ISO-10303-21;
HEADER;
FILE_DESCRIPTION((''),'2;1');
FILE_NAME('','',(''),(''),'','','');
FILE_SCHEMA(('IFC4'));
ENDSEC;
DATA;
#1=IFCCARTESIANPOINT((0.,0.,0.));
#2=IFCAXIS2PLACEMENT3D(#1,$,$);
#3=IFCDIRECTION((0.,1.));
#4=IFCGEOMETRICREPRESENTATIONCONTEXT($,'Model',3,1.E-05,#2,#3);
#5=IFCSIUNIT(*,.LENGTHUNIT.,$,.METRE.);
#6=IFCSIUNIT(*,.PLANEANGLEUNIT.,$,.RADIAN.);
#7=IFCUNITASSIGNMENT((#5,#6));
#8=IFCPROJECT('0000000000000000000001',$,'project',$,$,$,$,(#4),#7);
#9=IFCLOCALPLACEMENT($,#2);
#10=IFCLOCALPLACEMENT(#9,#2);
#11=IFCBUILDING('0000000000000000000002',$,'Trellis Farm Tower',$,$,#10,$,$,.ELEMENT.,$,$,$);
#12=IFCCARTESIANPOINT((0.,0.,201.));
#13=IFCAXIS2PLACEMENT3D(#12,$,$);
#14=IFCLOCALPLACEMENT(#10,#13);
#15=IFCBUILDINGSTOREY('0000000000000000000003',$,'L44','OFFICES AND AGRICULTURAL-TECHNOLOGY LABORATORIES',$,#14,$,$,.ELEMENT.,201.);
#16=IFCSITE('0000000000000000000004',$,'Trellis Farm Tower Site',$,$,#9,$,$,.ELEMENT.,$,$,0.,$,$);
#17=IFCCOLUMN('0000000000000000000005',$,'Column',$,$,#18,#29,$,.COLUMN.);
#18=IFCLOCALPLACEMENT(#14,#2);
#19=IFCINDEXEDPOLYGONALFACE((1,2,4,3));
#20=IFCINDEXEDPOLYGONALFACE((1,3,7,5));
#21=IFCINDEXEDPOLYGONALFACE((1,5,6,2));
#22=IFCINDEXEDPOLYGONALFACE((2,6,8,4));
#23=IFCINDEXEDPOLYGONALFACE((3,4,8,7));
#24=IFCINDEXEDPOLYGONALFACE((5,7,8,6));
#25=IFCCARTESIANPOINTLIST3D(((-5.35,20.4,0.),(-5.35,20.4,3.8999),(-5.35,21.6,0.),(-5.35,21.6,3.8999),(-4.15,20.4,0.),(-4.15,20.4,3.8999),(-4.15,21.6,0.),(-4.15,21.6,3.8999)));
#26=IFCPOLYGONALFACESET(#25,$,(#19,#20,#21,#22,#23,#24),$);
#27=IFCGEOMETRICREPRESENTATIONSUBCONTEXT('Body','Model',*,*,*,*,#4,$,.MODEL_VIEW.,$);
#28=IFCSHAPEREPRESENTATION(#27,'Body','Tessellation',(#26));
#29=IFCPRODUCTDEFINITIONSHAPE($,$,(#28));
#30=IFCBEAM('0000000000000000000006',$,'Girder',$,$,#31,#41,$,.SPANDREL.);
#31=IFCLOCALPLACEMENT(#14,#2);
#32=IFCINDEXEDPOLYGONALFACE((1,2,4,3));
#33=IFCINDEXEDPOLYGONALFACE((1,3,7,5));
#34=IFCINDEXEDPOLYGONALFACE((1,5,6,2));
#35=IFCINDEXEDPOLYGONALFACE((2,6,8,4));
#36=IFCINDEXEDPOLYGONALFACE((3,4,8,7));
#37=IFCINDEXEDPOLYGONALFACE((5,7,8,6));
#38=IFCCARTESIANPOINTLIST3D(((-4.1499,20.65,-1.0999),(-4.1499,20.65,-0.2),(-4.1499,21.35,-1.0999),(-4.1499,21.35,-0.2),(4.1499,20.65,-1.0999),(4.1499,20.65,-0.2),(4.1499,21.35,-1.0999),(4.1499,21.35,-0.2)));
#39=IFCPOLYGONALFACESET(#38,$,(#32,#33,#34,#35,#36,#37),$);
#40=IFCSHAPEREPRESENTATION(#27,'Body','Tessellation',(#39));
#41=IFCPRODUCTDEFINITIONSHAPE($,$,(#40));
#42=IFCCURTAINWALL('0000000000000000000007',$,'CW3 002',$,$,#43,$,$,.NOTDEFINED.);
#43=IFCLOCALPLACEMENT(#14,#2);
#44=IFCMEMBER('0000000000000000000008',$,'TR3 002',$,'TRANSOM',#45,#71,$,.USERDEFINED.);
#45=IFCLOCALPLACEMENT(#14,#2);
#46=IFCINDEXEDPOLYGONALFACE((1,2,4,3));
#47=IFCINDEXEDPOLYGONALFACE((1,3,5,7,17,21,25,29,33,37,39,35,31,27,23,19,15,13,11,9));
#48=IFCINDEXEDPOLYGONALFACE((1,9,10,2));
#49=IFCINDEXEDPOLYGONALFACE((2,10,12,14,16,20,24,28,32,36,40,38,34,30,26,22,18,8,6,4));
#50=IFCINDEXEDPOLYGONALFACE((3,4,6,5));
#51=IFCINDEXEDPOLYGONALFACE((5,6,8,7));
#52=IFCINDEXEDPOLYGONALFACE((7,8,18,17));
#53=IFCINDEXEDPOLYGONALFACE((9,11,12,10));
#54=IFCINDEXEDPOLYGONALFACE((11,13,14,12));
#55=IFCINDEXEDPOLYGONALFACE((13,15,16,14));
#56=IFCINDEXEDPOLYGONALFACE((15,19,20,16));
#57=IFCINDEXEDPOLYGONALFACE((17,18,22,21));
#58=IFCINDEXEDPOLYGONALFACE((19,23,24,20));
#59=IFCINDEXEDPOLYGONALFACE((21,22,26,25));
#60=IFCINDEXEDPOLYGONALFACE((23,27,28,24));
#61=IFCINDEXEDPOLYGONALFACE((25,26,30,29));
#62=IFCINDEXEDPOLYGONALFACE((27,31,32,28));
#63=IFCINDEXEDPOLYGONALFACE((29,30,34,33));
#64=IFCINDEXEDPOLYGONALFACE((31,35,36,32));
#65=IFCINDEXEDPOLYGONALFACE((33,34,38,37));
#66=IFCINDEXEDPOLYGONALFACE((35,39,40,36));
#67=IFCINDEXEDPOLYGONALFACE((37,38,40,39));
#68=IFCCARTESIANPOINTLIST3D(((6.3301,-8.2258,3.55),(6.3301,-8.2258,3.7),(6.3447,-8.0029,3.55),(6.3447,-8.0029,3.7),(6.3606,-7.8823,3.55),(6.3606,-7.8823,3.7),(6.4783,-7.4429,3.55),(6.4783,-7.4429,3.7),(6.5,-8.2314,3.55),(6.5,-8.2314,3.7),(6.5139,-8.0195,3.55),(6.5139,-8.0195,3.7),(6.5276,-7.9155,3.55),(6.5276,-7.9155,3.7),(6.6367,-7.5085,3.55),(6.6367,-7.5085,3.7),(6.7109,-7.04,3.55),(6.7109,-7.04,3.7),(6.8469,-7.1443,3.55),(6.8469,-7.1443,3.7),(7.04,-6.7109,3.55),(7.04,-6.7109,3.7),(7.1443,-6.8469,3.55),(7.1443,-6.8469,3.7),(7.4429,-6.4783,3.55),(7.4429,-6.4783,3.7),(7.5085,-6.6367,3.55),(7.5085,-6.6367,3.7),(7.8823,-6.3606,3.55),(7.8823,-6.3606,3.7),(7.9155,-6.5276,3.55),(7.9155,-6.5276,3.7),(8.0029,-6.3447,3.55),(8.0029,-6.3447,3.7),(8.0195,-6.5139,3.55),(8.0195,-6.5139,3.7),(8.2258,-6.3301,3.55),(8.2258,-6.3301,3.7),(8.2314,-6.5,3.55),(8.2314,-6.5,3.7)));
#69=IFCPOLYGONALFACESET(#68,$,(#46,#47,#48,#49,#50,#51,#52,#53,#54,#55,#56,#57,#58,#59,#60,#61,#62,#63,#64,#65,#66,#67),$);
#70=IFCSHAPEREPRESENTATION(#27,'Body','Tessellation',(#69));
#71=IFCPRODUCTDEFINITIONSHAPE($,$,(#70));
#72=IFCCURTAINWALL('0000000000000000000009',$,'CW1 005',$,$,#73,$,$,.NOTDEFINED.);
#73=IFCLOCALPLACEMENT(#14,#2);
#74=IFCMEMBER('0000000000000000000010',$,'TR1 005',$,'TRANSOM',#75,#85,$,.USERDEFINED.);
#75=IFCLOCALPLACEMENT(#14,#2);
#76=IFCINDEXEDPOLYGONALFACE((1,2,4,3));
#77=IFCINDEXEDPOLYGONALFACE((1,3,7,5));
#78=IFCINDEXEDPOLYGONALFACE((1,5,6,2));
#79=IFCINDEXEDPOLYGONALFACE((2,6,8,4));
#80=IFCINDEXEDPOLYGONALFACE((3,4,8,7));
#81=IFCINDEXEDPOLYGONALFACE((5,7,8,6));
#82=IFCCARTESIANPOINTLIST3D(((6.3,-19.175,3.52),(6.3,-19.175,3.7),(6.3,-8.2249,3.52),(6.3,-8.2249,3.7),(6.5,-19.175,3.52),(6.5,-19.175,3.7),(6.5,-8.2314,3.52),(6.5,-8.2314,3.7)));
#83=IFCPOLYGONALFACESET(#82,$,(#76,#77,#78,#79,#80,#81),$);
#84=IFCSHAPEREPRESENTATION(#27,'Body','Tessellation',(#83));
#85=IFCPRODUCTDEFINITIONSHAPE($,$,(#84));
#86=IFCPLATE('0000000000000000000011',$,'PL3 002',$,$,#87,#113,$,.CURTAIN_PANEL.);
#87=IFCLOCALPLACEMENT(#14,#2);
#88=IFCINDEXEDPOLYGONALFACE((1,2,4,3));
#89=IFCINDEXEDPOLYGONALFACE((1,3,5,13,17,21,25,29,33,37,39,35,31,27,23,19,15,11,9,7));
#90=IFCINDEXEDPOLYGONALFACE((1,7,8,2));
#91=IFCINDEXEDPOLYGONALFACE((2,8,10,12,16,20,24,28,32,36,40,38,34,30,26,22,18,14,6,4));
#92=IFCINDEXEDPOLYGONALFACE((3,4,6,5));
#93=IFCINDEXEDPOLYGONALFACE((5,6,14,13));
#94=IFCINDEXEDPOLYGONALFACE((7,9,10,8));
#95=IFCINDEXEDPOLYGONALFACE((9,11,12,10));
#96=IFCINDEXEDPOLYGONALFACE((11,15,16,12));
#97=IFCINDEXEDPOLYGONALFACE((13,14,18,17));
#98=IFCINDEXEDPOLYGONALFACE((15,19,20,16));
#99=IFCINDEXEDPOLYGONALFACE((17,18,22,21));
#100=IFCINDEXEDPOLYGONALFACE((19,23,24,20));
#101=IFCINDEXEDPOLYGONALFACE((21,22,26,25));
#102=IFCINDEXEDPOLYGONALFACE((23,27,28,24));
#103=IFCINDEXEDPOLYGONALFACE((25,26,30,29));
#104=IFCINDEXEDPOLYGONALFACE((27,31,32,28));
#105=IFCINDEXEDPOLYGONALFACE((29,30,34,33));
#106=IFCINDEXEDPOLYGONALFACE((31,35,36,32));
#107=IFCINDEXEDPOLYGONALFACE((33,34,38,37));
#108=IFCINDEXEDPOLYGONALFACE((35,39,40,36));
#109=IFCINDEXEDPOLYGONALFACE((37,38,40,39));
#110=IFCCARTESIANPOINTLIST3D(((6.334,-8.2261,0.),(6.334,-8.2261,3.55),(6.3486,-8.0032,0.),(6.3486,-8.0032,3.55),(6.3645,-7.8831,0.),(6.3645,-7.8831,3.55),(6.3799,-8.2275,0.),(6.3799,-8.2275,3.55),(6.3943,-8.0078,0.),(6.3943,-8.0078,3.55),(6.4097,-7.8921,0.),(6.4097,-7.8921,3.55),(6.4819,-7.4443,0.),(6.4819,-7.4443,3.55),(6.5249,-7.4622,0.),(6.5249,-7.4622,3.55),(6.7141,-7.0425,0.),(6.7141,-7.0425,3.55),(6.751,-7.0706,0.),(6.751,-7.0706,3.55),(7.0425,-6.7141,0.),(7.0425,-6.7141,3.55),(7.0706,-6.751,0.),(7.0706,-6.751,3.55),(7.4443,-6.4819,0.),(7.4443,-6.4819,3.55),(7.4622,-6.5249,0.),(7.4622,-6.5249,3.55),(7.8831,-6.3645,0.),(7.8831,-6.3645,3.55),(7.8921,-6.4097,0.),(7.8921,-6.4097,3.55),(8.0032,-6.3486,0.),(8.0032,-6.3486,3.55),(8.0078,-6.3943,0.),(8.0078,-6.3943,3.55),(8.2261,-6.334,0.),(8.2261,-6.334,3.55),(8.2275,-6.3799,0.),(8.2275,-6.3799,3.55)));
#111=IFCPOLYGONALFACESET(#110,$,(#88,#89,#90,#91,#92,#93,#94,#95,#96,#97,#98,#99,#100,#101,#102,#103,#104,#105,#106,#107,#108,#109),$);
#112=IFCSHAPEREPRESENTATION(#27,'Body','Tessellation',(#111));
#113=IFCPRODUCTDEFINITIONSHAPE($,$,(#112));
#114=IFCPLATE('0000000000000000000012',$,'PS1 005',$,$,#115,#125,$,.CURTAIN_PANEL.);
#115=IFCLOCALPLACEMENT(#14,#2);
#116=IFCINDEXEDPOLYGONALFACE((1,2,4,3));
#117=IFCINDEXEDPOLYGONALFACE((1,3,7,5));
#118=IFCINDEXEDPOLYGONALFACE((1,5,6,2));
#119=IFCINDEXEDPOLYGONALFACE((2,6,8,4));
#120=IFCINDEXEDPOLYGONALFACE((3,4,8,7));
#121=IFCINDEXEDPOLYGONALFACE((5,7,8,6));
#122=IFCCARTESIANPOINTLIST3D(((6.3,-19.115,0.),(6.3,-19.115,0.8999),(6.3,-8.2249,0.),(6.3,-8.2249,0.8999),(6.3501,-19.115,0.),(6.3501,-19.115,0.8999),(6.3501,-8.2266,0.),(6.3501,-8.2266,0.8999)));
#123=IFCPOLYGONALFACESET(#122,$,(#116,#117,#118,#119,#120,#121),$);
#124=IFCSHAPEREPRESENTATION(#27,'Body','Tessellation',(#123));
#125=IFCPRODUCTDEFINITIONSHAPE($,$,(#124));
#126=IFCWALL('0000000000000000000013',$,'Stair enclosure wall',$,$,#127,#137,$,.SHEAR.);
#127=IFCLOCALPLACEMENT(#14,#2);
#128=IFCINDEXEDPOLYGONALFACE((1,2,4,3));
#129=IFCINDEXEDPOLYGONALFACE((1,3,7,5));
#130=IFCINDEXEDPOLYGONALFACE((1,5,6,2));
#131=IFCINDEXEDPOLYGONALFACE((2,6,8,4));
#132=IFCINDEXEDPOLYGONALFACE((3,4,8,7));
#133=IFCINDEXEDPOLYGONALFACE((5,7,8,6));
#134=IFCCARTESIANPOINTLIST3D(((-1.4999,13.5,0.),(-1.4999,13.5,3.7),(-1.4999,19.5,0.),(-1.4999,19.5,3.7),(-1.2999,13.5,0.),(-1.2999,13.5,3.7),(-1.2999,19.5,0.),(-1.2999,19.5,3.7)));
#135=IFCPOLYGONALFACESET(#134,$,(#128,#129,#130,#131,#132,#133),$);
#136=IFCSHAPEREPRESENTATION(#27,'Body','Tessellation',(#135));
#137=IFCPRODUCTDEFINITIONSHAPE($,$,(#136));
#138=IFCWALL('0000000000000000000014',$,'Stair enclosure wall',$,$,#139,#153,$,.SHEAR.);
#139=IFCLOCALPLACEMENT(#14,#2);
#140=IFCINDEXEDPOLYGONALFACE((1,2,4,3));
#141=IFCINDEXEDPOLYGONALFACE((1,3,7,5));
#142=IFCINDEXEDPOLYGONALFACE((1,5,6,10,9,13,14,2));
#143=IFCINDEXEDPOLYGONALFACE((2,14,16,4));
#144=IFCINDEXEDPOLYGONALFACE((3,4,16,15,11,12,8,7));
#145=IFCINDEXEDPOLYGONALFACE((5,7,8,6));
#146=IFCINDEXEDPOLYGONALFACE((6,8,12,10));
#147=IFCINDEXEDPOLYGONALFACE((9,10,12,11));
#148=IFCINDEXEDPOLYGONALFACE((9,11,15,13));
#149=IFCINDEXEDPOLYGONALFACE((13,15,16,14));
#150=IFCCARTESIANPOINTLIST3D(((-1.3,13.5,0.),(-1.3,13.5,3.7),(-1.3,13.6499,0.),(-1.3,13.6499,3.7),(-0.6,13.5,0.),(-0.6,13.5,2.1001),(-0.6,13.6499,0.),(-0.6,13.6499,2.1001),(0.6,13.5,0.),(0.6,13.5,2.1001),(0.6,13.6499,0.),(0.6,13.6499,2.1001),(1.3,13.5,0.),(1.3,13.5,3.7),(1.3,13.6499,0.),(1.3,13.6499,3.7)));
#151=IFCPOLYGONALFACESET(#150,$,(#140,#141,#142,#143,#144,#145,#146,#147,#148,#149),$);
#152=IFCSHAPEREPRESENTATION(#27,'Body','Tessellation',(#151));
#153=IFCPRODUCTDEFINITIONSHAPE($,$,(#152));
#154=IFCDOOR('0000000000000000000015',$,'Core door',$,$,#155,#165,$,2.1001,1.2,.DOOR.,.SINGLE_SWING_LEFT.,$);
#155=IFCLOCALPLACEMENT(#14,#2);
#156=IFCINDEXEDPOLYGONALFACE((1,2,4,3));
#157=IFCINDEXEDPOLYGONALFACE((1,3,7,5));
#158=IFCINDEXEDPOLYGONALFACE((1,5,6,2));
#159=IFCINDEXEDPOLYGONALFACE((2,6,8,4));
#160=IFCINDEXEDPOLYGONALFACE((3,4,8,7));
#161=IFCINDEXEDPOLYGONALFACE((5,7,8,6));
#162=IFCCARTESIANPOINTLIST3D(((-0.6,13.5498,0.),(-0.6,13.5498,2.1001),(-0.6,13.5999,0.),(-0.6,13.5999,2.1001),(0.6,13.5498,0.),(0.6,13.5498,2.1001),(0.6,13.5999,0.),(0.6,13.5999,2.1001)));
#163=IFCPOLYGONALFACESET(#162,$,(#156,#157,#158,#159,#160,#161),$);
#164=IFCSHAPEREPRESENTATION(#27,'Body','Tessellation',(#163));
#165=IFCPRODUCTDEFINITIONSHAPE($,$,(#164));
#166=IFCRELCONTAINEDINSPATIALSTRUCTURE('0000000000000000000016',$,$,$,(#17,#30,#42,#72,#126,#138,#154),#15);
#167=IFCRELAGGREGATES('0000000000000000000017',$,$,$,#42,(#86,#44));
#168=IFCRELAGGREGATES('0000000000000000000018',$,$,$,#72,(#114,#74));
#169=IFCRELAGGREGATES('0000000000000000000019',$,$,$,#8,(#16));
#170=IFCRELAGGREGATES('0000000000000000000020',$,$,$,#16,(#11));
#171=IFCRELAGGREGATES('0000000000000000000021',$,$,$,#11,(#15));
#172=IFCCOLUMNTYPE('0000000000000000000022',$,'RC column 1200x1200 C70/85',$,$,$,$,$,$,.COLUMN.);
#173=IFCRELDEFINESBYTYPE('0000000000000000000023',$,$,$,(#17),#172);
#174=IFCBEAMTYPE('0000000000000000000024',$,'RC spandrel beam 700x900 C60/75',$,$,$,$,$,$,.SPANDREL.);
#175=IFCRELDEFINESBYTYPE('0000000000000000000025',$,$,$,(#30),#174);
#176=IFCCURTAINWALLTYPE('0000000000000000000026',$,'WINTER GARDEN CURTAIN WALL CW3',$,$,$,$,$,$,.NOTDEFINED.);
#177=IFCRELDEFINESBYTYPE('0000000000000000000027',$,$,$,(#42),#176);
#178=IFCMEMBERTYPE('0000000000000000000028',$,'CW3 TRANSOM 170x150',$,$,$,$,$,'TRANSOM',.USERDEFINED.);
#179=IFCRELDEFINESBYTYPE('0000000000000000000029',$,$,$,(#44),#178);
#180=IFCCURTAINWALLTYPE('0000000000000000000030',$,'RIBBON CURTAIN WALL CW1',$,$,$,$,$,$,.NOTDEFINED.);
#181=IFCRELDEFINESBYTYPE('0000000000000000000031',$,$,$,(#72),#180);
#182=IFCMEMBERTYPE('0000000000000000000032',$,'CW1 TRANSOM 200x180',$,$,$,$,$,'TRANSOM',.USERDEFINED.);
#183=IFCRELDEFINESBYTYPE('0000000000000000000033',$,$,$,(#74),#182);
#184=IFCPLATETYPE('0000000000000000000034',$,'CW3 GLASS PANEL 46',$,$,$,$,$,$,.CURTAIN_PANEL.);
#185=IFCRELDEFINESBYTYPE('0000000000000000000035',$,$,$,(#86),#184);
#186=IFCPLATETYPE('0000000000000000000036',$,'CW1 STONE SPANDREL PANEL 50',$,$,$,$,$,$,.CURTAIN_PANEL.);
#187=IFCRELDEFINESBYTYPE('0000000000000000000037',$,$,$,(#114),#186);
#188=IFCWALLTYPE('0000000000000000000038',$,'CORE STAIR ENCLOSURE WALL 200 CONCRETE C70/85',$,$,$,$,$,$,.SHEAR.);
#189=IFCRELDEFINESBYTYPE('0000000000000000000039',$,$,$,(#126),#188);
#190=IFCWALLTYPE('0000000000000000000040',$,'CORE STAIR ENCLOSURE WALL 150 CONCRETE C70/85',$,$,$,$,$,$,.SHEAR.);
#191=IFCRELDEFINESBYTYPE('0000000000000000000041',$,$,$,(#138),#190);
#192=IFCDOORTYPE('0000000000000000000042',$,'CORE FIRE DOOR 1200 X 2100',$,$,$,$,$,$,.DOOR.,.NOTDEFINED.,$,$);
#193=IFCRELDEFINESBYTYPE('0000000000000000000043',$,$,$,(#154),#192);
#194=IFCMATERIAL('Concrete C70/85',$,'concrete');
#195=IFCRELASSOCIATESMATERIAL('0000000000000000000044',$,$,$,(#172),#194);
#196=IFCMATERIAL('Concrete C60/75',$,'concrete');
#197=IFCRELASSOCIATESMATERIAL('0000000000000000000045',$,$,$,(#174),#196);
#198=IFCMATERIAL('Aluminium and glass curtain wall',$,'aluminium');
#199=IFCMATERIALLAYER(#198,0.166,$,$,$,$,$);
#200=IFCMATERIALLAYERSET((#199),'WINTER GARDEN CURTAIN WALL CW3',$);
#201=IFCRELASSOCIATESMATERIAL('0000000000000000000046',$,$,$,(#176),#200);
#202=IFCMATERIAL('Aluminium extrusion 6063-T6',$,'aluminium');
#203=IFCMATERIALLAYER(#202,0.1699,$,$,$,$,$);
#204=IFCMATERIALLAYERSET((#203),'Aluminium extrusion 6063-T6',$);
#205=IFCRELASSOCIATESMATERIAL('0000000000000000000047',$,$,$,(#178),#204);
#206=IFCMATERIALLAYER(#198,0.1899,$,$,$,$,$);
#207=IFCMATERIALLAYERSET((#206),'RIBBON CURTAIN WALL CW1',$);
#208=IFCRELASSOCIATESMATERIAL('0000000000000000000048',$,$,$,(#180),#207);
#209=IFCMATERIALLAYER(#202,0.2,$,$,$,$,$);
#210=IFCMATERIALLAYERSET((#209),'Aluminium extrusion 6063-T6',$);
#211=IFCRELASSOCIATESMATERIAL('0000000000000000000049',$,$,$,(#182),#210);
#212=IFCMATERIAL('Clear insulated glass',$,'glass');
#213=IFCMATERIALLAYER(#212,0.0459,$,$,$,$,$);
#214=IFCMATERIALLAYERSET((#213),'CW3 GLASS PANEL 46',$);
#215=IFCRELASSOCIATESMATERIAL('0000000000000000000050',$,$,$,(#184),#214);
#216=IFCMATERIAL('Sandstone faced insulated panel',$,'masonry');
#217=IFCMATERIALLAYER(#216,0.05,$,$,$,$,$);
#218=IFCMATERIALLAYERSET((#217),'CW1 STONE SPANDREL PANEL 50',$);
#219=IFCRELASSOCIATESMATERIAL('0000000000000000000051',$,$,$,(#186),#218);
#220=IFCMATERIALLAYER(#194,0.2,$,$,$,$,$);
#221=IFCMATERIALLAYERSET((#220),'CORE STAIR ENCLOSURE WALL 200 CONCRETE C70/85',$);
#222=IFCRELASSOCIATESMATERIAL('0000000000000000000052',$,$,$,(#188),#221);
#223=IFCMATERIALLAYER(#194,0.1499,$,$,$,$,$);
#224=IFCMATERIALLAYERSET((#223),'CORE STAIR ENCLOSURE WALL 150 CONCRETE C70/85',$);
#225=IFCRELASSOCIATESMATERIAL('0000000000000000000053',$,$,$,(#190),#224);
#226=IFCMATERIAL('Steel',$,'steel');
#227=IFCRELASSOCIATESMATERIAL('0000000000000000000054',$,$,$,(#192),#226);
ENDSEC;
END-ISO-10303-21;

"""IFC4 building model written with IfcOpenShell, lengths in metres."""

from ifc_helpers import new_model, si_unit, direction, frame, frame_2d, origin, origin_2d, place, context, subcontext, project, spatial, polyline, rectangle, outline, extrude, source, transform, mapped, material, layer, layer_set, material_profile, profile_set, type_object, element, fill, aggregate, save


model = new_model("IFC4")

# Units and contexts
model_context = context("Model", 3, precision=1e-05, world=origin(), true_north=direction((0.0, 1.0)))
body_context = subcontext(model_context, "Body", "Model", "MODEL_VIEW")
ifc_project = project(units=[si_unit("LENGTHUNIT", "METRE"), si_unit("PLANEANGLEUNIT", "RADIAN")], contexts=[model_context])

# Site, building, storey
site_placement = place(None, origin())
site = spatial("IfcSite", under=ifc_project, at=site_placement, Name="Trellis Farm Tower Site", CompositionType="ELEMENT", RefElevation=0.0)
building_placement = place(site_placement, origin())
building = spatial("IfcBuilding", under=site, at=building_placement, Name="Trellis Farm Tower", CompositionType="ELEMENT")
storey_placement = place(building_placement, frame((0.0, 0.0, 201.0)))
storey = spatial("IfcBuildingStorey", under=building, at=storey_placement, Name="L44", Description="OFFICES AND AGRICULTURAL-TECHNOLOGY LABORATORIES", CompositionType="ELEMENT", Elevation=201.0)

# Column
ifc_material_1 = material(Name="Concrete C70/85", Category="concrete")
ifc_material_profile_1 = material_profile(ifc_material_1, rectangle(XDim=1.2, YDim=1.2, at=origin_2d()), Name="RC column 1200x1200 C70/85")
ifc_profile_set_1 = profile_set([ifc_material_profile_1], Name="Concrete C70/85")
column_type = type_object("IfcColumnType", Name="RC column 1200x1200 C70/85", PredefinedType="COLUMN", material=ifc_profile_set_1)
shared_shape_1 = source(origin(), body_context, "Body", "SweptSolid", [
    extrude(rectangle(XDim=1.2, YDim=1.2, at=origin_2d()), origin(), (0.0, 0.0, 1.0), 3.8999),
])
column_placement = place(storey_placement, frame((-4.75, 21.0, 0.0), z_axis=(0.0, 0.0, 1.0), x_axis=(1.0, 0.0, 0.0)))
element("IfcColumn", 1, at=column_placement, inside=storey, type_object=column_type, Name="Column", PredefinedType="COLUMN", context=body_context, shape_type="MappedRepresentation", body=[
    mapped(shared_shape_1, transform((0.0, 0.0, 0.0))),
])

# Beam
ifc_material_2 = material(Name="Concrete C60/75", Category="concrete")
ifc_material_profile_2 = material_profile(ifc_material_2, rectangle(XDim=0.7, YDim=0.8999, at=origin_2d()), Name="RC spandrel beam 700x900 C60/75")
ifc_profile_set_2 = profile_set([ifc_material_profile_2], Name="Concrete C60/75")
beam_type = type_object("IfcBeamType", Name="RC spandrel beam 700x900 C60/75", PredefinedType="SPANDREL", material=ifc_profile_set_2)
shared_shape_2 = source(origin(), body_context, "Body", "SweptSolid", [
    extrude(rectangle(XDim=0.7, YDim=0.8999, at=origin_2d()), origin(), (0.0, 0.0, 1.0), 8.2998),
])
beam_placement = place(storey_placement, frame((-4.1499, 21.0, -0.6499), z_axis=(1.0, 0.0, 0.0), x_axis=(0.0, 1.0, 0.0)))
element("IfcBeam", 2, at=beam_placement, inside=storey, type_object=beam_type, Name="Girder", PredefinedType="SPANDREL", context=body_context, shape_type="MappedRepresentation", body=[
    mapped(shared_shape_2, transform((0.0, 0.0, 0.0))),
])

# Curtain walls, members
ifc_material_3 = material(Name="Aluminium and glass curtain wall", Category="aluminium")
ifc_layer_1 = layer(ifc_material_3, 0.166)
ifc_layer_set_1 = layer_set([ifc_layer_1], Name="WINTER GARDEN CURTAIN WALL CW3")
curtain_wall_type_1 = type_object("IfcCurtainWallType", Name="WINTER GARDEN CURTAIN WALL CW3", PredefinedType="NOTDEFINED", material=ifc_layer_set_1)
placement = place(storey_placement, origin())
curtain_wall_1 = element("IfcCurtainWall", 3, at=placement, inside=storey, type_object=curtain_wall_type_1, Name="CW3 002", PredefinedType="NOTDEFINED")
ifc_material_4 = material(Name="Aluminium extrusion 6063-T6", Category="aluminium")
ifc_layer_2 = layer(ifc_material_4, 0.1699)
ifc_layer_set_2 = layer_set([ifc_layer_2], Name="Aluminium extrusion 6063-T6")
member_type_1 = type_object("IfcMemberType", Name="CW3 TRANSOM 170x150", ElementType="TRANSOM", PredefinedType="USERDEFINED", material=ifc_layer_set_2)
shared_shape_3 = source(origin(), body_context, "Body", "SweptSolid", [
    extrude(outline(polyline([(6.5, -8.2314), (6.5139, -8.0195), (6.5276, -7.9155), (6.6367, -7.5085), (6.8469, -7.1443), (7.1443, -6.8469), (7.5085, -6.6367), (7.9155, -6.5276), (8.0195, -6.5139), (8.2314, -6.5), (8.2258, -6.3301), (8.0029, -6.3447), (7.8823, -6.3606), (7.4429, -6.4783), (7.04, -6.7109), (6.7109, -7.04), (6.4783, -7.4429), (6.3606, -7.8823), (6.3447, -8.0029), (6.3301, -8.2258), (6.5, -8.2314)])), origin(), (0.0, 0.0, 1.0), 0.1499),
])
member_1_placement = place(storey_placement, frame((0.0, 0.0, 3.55)))
member_1 = element("IfcMember", 4, at=member_1_placement, type_object=member_type_1, Name="TR3 002", ObjectType="TRANSOM", PredefinedType="USERDEFINED", context=body_context, shape_type="MappedRepresentation", body=[
    mapped(shared_shape_3, transform((0.0, 0.0, 0.0))),
])
ifc_layer_3 = layer(ifc_material_3, 0.1899)
ifc_layer_set_3 = layer_set([ifc_layer_3], Name="RIBBON CURTAIN WALL CW1")
curtain_wall_type_2 = type_object("IfcCurtainWallType", Name="RIBBON CURTAIN WALL CW1", PredefinedType="NOTDEFINED", material=ifc_layer_set_3)
curtain_wall_2 = element("IfcCurtainWall", 5, at=placement, inside=storey, type_object=curtain_wall_type_2, Name="CW1 005", PredefinedType="NOTDEFINED")
ifc_layer_4 = layer(ifc_material_4, 0.2)
ifc_layer_set_4 = layer_set([ifc_layer_4], Name="Aluminium extrusion 6063-T6")
member_type_2 = type_object("IfcMemberType", Name="CW1 TRANSOM 200x180", ElementType="TRANSOM", PredefinedType="USERDEFINED", material=ifc_layer_set_4)
shared_shape_4 = source(origin(), body_context, "Body", "SweptSolid", [
    extrude(outline(polyline([(6.5, -19.175), (6.5, -8.2314), (6.3, -8.2249), (6.3, -19.175), (6.5, -19.175)])), origin(), (0.0, 0.0, 1.0), 0.1799),
])
member_2_placement = place(storey_placement, frame((0.0, 0.0, 3.52)))
member_2 = element("IfcMember", 6, at=member_2_placement, type_object=member_type_2, Name="TR1 005", ObjectType="TRANSOM", PredefinedType="USERDEFINED", context=body_context, shape_type="MappedRepresentation", body=[
    mapped(shared_shape_4, transform((0.0, 0.0, 0.0))),
])

# Plates
ifc_material_5 = material(Name="Clear insulated glass", Category="glass")
ifc_layer_5 = layer(ifc_material_5, 0.0459)
ifc_layer_set_5 = layer_set([ifc_layer_5], Name="CW3 GLASS PANEL 46")
plate_type_1 = type_object("IfcPlateType", Name="CW3 GLASS PANEL 46", PredefinedType="CURTAIN_PANEL", material=ifc_layer_set_5)
shared_shape_5 = source(origin(), body_context, "Body", "SweptSolid", [
    extrude(outline(polyline([(6.3799, -8.2275), (6.3943, -8.0078), (6.4097, -7.8921), (6.5249, -7.4622), (6.751, -7.0706), (7.0706, -6.751), (7.4622, -6.5249), (7.8921, -6.4097), (8.0078, -6.3943), (8.2275, -6.3799), (8.2261, -6.334), (8.0032, -6.3486), (7.8831, -6.3645), (7.4443, -6.4819), (7.0425, -6.7141), (6.7141, -7.0425), (6.4819, -7.4443), (6.3645, -7.8831), (6.3486, -8.0032), (6.334, -8.2261), (6.3799, -8.2275)])), origin(), (0.0, 0.0, 1.0), 3.55),
])
plate_1 = element("IfcPlate", 7, at=placement, type_object=plate_type_1, Name="PL3 002", PredefinedType="CURTAIN_PANEL", context=body_context, shape_type="MappedRepresentation", body=[
    mapped(shared_shape_5, transform((0.0, 0.0, 0.0))),
])
aggregate(curtain_wall_1, [plate_1, member_1])
ifc_material_6 = material(Name="Sandstone faced insulated panel", Category="masonry")
ifc_layer_6 = layer(ifc_material_6, 0.05)
ifc_layer_set_6 = layer_set([ifc_layer_6], Name="CW1 STONE SPANDREL PANEL 50")
plate_type_2 = type_object("IfcPlateType", Name="CW1 STONE SPANDREL PANEL 50", PredefinedType="CURTAIN_PANEL", material=ifc_layer_set_6)
shared_shape_6 = source(origin(), body_context, "Body", "SweptSolid", [
    extrude(outline(polyline([(6.3501, -19.115), (6.3501, -8.2266), (6.3, -8.2249), (6.3, -19.115), (6.3501, -19.115)])), origin(), (0.0, 0.0, 1.0), 0.8999),
])
plate_2 = element("IfcPlate", 8, at=placement, type_object=plate_type_2, Name="PS1 005", PredefinedType="CURTAIN_PANEL", context=body_context, shape_type="MappedRepresentation", body=[
    mapped(shared_shape_6, transform((0.0, 0.0, 0.0))),
])
aggregate(curtain_wall_2, [plate_2, member_2])

# Wall
ifc_layer_7 = layer(ifc_material_1, 0.2)
ifc_layer_set_7 = layer_set([ifc_layer_7], Name="CORE STAIR ENCLOSURE WALL 200 CONCRETE C70/85")
wall_type_1 = type_object("IfcWallType", Name="CORE STAIR ENCLOSURE WALL 200 CONCRETE C70/85", PredefinedType="SHEAR", material=ifc_layer_set_7)
shared_shape_7 = source(origin(), body_context, "Body", "SweptSolid", [
    extrude(rectangle(XDim=6.0, YDim=0.2, at=frame_2d((3.0, 0.0))), origin(), (0.0, 0.0, 1.0), 3.7),
])
wall_1_placement = place(storey_placement, frame((-1.3999, 13.5, 0.0), z_axis=(0.0, 0.0, 1.0), x_axis=(0.0, 1.0, 0.0)))
element("IfcWall", 9, at=wall_1_placement, inside=storey, type_object=wall_type_1, Name="Stair enclosure wall", PredefinedType="SHEAR", context=body_context, shape_type="MappedRepresentation", body=[
    mapped(shared_shape_7, transform((0.0, 0.0, 0.0))),
])

# Wall, opening, door
ifc_layer_8 = layer(ifc_material_1, 0.1499)
ifc_layer_set_8 = layer_set([ifc_layer_8], Name="CORE STAIR ENCLOSURE WALL 150 CONCRETE C70/85")
wall_type_2 = type_object("IfcWallType", Name="CORE STAIR ENCLOSURE WALL 150 CONCRETE C70/85", PredefinedType="SHEAR", material=ifc_layer_set_8)
shared_shape_8 = source(origin(), body_context, "Body", "SweptSolid", [
    extrude(rectangle(XDim=2.6001, YDim=0.1499, at=frame_2d((1.3, 0.0))), origin(), (0.0, 0.0, 1.0), 3.7),
])
wall_2_placement = place(storey_placement, frame((-1.3, 13.575, 0.0), z_axis=(0.0, 0.0, 1.0), x_axis=(1.0, 0.0, 0.0)))
wall_2 = element("IfcWall", 10, at=wall_2_placement, inside=storey, type_object=wall_type_2, Name="Stair enclosure wall", PredefinedType="SHEAR", context=body_context, shape_type="MappedRepresentation", body=[
    mapped(shared_shape_8, transform((0.0, 0.0, 0.0))),
])
shared_shape_9 = source(origin(), body_context, "Body", "SweptSolid", [
    extrude(rectangle(XDim=1.2, YDim=2.1001, at=frame_2d((0.6001, 1.05))), frame((0.0, 0.085, 0.0), z_axis=(0.0, -1.0, 0.0), x_axis=(1.0, 0.0, 0.0)), (0.0, 0.0, 1.0), 0.1699),
])
opening_1_placement = place(wall_2_placement, frame((0.7, 0.0, 0.0)))
opening_1 = element("IfcOpeningElement", 11, at=opening_1_placement, cuts=wall_2, PredefinedType="OPENING", context=body_context, shape_type="MappedRepresentation", body=[
    mapped(shared_shape_9, transform((0.0, 0.0, 0.0))),
])
ifc_material_7 = material(Name="Steel", Category="steel")
door_type_1 = type_object("IfcDoorType", Name="CORE FIRE DOOR 1200 X 2100", OperationType="NOTDEFINED", PredefinedType="DOOR", material=ifc_material_7)
shared_shape_10 = source(origin(), body_context, "Body", "SweptSolid", [
    extrude(rectangle(XDim=1.2, YDim=2.1001, at=frame_2d((0.6001, 1.05))), frame((0.0, 0.0249, 0.0), z_axis=(0.0, -1.0, 0.0), x_axis=(1.0, 0.0, 0.0)), (0.0, 0.0, 1.0), 0.05),
])
door_1_placement = place(opening_1_placement, origin())
door_1 = element("IfcDoor", 12, at=door_1_placement, inside=storey, type_object=door_type_1, Name="Core door", OperationType="SINGLE_SWING_LEFT", OverallHeight=2.1001, OverallWidth=1.2, PredefinedType="DOOR", context=body_context, shape_type="MappedRepresentation", body=[
    mapped(shared_shape_10, transform((0.0, 0.0, 0.0))),
])
fill(opening_1, door_1)

save(model, "model.ifc")
